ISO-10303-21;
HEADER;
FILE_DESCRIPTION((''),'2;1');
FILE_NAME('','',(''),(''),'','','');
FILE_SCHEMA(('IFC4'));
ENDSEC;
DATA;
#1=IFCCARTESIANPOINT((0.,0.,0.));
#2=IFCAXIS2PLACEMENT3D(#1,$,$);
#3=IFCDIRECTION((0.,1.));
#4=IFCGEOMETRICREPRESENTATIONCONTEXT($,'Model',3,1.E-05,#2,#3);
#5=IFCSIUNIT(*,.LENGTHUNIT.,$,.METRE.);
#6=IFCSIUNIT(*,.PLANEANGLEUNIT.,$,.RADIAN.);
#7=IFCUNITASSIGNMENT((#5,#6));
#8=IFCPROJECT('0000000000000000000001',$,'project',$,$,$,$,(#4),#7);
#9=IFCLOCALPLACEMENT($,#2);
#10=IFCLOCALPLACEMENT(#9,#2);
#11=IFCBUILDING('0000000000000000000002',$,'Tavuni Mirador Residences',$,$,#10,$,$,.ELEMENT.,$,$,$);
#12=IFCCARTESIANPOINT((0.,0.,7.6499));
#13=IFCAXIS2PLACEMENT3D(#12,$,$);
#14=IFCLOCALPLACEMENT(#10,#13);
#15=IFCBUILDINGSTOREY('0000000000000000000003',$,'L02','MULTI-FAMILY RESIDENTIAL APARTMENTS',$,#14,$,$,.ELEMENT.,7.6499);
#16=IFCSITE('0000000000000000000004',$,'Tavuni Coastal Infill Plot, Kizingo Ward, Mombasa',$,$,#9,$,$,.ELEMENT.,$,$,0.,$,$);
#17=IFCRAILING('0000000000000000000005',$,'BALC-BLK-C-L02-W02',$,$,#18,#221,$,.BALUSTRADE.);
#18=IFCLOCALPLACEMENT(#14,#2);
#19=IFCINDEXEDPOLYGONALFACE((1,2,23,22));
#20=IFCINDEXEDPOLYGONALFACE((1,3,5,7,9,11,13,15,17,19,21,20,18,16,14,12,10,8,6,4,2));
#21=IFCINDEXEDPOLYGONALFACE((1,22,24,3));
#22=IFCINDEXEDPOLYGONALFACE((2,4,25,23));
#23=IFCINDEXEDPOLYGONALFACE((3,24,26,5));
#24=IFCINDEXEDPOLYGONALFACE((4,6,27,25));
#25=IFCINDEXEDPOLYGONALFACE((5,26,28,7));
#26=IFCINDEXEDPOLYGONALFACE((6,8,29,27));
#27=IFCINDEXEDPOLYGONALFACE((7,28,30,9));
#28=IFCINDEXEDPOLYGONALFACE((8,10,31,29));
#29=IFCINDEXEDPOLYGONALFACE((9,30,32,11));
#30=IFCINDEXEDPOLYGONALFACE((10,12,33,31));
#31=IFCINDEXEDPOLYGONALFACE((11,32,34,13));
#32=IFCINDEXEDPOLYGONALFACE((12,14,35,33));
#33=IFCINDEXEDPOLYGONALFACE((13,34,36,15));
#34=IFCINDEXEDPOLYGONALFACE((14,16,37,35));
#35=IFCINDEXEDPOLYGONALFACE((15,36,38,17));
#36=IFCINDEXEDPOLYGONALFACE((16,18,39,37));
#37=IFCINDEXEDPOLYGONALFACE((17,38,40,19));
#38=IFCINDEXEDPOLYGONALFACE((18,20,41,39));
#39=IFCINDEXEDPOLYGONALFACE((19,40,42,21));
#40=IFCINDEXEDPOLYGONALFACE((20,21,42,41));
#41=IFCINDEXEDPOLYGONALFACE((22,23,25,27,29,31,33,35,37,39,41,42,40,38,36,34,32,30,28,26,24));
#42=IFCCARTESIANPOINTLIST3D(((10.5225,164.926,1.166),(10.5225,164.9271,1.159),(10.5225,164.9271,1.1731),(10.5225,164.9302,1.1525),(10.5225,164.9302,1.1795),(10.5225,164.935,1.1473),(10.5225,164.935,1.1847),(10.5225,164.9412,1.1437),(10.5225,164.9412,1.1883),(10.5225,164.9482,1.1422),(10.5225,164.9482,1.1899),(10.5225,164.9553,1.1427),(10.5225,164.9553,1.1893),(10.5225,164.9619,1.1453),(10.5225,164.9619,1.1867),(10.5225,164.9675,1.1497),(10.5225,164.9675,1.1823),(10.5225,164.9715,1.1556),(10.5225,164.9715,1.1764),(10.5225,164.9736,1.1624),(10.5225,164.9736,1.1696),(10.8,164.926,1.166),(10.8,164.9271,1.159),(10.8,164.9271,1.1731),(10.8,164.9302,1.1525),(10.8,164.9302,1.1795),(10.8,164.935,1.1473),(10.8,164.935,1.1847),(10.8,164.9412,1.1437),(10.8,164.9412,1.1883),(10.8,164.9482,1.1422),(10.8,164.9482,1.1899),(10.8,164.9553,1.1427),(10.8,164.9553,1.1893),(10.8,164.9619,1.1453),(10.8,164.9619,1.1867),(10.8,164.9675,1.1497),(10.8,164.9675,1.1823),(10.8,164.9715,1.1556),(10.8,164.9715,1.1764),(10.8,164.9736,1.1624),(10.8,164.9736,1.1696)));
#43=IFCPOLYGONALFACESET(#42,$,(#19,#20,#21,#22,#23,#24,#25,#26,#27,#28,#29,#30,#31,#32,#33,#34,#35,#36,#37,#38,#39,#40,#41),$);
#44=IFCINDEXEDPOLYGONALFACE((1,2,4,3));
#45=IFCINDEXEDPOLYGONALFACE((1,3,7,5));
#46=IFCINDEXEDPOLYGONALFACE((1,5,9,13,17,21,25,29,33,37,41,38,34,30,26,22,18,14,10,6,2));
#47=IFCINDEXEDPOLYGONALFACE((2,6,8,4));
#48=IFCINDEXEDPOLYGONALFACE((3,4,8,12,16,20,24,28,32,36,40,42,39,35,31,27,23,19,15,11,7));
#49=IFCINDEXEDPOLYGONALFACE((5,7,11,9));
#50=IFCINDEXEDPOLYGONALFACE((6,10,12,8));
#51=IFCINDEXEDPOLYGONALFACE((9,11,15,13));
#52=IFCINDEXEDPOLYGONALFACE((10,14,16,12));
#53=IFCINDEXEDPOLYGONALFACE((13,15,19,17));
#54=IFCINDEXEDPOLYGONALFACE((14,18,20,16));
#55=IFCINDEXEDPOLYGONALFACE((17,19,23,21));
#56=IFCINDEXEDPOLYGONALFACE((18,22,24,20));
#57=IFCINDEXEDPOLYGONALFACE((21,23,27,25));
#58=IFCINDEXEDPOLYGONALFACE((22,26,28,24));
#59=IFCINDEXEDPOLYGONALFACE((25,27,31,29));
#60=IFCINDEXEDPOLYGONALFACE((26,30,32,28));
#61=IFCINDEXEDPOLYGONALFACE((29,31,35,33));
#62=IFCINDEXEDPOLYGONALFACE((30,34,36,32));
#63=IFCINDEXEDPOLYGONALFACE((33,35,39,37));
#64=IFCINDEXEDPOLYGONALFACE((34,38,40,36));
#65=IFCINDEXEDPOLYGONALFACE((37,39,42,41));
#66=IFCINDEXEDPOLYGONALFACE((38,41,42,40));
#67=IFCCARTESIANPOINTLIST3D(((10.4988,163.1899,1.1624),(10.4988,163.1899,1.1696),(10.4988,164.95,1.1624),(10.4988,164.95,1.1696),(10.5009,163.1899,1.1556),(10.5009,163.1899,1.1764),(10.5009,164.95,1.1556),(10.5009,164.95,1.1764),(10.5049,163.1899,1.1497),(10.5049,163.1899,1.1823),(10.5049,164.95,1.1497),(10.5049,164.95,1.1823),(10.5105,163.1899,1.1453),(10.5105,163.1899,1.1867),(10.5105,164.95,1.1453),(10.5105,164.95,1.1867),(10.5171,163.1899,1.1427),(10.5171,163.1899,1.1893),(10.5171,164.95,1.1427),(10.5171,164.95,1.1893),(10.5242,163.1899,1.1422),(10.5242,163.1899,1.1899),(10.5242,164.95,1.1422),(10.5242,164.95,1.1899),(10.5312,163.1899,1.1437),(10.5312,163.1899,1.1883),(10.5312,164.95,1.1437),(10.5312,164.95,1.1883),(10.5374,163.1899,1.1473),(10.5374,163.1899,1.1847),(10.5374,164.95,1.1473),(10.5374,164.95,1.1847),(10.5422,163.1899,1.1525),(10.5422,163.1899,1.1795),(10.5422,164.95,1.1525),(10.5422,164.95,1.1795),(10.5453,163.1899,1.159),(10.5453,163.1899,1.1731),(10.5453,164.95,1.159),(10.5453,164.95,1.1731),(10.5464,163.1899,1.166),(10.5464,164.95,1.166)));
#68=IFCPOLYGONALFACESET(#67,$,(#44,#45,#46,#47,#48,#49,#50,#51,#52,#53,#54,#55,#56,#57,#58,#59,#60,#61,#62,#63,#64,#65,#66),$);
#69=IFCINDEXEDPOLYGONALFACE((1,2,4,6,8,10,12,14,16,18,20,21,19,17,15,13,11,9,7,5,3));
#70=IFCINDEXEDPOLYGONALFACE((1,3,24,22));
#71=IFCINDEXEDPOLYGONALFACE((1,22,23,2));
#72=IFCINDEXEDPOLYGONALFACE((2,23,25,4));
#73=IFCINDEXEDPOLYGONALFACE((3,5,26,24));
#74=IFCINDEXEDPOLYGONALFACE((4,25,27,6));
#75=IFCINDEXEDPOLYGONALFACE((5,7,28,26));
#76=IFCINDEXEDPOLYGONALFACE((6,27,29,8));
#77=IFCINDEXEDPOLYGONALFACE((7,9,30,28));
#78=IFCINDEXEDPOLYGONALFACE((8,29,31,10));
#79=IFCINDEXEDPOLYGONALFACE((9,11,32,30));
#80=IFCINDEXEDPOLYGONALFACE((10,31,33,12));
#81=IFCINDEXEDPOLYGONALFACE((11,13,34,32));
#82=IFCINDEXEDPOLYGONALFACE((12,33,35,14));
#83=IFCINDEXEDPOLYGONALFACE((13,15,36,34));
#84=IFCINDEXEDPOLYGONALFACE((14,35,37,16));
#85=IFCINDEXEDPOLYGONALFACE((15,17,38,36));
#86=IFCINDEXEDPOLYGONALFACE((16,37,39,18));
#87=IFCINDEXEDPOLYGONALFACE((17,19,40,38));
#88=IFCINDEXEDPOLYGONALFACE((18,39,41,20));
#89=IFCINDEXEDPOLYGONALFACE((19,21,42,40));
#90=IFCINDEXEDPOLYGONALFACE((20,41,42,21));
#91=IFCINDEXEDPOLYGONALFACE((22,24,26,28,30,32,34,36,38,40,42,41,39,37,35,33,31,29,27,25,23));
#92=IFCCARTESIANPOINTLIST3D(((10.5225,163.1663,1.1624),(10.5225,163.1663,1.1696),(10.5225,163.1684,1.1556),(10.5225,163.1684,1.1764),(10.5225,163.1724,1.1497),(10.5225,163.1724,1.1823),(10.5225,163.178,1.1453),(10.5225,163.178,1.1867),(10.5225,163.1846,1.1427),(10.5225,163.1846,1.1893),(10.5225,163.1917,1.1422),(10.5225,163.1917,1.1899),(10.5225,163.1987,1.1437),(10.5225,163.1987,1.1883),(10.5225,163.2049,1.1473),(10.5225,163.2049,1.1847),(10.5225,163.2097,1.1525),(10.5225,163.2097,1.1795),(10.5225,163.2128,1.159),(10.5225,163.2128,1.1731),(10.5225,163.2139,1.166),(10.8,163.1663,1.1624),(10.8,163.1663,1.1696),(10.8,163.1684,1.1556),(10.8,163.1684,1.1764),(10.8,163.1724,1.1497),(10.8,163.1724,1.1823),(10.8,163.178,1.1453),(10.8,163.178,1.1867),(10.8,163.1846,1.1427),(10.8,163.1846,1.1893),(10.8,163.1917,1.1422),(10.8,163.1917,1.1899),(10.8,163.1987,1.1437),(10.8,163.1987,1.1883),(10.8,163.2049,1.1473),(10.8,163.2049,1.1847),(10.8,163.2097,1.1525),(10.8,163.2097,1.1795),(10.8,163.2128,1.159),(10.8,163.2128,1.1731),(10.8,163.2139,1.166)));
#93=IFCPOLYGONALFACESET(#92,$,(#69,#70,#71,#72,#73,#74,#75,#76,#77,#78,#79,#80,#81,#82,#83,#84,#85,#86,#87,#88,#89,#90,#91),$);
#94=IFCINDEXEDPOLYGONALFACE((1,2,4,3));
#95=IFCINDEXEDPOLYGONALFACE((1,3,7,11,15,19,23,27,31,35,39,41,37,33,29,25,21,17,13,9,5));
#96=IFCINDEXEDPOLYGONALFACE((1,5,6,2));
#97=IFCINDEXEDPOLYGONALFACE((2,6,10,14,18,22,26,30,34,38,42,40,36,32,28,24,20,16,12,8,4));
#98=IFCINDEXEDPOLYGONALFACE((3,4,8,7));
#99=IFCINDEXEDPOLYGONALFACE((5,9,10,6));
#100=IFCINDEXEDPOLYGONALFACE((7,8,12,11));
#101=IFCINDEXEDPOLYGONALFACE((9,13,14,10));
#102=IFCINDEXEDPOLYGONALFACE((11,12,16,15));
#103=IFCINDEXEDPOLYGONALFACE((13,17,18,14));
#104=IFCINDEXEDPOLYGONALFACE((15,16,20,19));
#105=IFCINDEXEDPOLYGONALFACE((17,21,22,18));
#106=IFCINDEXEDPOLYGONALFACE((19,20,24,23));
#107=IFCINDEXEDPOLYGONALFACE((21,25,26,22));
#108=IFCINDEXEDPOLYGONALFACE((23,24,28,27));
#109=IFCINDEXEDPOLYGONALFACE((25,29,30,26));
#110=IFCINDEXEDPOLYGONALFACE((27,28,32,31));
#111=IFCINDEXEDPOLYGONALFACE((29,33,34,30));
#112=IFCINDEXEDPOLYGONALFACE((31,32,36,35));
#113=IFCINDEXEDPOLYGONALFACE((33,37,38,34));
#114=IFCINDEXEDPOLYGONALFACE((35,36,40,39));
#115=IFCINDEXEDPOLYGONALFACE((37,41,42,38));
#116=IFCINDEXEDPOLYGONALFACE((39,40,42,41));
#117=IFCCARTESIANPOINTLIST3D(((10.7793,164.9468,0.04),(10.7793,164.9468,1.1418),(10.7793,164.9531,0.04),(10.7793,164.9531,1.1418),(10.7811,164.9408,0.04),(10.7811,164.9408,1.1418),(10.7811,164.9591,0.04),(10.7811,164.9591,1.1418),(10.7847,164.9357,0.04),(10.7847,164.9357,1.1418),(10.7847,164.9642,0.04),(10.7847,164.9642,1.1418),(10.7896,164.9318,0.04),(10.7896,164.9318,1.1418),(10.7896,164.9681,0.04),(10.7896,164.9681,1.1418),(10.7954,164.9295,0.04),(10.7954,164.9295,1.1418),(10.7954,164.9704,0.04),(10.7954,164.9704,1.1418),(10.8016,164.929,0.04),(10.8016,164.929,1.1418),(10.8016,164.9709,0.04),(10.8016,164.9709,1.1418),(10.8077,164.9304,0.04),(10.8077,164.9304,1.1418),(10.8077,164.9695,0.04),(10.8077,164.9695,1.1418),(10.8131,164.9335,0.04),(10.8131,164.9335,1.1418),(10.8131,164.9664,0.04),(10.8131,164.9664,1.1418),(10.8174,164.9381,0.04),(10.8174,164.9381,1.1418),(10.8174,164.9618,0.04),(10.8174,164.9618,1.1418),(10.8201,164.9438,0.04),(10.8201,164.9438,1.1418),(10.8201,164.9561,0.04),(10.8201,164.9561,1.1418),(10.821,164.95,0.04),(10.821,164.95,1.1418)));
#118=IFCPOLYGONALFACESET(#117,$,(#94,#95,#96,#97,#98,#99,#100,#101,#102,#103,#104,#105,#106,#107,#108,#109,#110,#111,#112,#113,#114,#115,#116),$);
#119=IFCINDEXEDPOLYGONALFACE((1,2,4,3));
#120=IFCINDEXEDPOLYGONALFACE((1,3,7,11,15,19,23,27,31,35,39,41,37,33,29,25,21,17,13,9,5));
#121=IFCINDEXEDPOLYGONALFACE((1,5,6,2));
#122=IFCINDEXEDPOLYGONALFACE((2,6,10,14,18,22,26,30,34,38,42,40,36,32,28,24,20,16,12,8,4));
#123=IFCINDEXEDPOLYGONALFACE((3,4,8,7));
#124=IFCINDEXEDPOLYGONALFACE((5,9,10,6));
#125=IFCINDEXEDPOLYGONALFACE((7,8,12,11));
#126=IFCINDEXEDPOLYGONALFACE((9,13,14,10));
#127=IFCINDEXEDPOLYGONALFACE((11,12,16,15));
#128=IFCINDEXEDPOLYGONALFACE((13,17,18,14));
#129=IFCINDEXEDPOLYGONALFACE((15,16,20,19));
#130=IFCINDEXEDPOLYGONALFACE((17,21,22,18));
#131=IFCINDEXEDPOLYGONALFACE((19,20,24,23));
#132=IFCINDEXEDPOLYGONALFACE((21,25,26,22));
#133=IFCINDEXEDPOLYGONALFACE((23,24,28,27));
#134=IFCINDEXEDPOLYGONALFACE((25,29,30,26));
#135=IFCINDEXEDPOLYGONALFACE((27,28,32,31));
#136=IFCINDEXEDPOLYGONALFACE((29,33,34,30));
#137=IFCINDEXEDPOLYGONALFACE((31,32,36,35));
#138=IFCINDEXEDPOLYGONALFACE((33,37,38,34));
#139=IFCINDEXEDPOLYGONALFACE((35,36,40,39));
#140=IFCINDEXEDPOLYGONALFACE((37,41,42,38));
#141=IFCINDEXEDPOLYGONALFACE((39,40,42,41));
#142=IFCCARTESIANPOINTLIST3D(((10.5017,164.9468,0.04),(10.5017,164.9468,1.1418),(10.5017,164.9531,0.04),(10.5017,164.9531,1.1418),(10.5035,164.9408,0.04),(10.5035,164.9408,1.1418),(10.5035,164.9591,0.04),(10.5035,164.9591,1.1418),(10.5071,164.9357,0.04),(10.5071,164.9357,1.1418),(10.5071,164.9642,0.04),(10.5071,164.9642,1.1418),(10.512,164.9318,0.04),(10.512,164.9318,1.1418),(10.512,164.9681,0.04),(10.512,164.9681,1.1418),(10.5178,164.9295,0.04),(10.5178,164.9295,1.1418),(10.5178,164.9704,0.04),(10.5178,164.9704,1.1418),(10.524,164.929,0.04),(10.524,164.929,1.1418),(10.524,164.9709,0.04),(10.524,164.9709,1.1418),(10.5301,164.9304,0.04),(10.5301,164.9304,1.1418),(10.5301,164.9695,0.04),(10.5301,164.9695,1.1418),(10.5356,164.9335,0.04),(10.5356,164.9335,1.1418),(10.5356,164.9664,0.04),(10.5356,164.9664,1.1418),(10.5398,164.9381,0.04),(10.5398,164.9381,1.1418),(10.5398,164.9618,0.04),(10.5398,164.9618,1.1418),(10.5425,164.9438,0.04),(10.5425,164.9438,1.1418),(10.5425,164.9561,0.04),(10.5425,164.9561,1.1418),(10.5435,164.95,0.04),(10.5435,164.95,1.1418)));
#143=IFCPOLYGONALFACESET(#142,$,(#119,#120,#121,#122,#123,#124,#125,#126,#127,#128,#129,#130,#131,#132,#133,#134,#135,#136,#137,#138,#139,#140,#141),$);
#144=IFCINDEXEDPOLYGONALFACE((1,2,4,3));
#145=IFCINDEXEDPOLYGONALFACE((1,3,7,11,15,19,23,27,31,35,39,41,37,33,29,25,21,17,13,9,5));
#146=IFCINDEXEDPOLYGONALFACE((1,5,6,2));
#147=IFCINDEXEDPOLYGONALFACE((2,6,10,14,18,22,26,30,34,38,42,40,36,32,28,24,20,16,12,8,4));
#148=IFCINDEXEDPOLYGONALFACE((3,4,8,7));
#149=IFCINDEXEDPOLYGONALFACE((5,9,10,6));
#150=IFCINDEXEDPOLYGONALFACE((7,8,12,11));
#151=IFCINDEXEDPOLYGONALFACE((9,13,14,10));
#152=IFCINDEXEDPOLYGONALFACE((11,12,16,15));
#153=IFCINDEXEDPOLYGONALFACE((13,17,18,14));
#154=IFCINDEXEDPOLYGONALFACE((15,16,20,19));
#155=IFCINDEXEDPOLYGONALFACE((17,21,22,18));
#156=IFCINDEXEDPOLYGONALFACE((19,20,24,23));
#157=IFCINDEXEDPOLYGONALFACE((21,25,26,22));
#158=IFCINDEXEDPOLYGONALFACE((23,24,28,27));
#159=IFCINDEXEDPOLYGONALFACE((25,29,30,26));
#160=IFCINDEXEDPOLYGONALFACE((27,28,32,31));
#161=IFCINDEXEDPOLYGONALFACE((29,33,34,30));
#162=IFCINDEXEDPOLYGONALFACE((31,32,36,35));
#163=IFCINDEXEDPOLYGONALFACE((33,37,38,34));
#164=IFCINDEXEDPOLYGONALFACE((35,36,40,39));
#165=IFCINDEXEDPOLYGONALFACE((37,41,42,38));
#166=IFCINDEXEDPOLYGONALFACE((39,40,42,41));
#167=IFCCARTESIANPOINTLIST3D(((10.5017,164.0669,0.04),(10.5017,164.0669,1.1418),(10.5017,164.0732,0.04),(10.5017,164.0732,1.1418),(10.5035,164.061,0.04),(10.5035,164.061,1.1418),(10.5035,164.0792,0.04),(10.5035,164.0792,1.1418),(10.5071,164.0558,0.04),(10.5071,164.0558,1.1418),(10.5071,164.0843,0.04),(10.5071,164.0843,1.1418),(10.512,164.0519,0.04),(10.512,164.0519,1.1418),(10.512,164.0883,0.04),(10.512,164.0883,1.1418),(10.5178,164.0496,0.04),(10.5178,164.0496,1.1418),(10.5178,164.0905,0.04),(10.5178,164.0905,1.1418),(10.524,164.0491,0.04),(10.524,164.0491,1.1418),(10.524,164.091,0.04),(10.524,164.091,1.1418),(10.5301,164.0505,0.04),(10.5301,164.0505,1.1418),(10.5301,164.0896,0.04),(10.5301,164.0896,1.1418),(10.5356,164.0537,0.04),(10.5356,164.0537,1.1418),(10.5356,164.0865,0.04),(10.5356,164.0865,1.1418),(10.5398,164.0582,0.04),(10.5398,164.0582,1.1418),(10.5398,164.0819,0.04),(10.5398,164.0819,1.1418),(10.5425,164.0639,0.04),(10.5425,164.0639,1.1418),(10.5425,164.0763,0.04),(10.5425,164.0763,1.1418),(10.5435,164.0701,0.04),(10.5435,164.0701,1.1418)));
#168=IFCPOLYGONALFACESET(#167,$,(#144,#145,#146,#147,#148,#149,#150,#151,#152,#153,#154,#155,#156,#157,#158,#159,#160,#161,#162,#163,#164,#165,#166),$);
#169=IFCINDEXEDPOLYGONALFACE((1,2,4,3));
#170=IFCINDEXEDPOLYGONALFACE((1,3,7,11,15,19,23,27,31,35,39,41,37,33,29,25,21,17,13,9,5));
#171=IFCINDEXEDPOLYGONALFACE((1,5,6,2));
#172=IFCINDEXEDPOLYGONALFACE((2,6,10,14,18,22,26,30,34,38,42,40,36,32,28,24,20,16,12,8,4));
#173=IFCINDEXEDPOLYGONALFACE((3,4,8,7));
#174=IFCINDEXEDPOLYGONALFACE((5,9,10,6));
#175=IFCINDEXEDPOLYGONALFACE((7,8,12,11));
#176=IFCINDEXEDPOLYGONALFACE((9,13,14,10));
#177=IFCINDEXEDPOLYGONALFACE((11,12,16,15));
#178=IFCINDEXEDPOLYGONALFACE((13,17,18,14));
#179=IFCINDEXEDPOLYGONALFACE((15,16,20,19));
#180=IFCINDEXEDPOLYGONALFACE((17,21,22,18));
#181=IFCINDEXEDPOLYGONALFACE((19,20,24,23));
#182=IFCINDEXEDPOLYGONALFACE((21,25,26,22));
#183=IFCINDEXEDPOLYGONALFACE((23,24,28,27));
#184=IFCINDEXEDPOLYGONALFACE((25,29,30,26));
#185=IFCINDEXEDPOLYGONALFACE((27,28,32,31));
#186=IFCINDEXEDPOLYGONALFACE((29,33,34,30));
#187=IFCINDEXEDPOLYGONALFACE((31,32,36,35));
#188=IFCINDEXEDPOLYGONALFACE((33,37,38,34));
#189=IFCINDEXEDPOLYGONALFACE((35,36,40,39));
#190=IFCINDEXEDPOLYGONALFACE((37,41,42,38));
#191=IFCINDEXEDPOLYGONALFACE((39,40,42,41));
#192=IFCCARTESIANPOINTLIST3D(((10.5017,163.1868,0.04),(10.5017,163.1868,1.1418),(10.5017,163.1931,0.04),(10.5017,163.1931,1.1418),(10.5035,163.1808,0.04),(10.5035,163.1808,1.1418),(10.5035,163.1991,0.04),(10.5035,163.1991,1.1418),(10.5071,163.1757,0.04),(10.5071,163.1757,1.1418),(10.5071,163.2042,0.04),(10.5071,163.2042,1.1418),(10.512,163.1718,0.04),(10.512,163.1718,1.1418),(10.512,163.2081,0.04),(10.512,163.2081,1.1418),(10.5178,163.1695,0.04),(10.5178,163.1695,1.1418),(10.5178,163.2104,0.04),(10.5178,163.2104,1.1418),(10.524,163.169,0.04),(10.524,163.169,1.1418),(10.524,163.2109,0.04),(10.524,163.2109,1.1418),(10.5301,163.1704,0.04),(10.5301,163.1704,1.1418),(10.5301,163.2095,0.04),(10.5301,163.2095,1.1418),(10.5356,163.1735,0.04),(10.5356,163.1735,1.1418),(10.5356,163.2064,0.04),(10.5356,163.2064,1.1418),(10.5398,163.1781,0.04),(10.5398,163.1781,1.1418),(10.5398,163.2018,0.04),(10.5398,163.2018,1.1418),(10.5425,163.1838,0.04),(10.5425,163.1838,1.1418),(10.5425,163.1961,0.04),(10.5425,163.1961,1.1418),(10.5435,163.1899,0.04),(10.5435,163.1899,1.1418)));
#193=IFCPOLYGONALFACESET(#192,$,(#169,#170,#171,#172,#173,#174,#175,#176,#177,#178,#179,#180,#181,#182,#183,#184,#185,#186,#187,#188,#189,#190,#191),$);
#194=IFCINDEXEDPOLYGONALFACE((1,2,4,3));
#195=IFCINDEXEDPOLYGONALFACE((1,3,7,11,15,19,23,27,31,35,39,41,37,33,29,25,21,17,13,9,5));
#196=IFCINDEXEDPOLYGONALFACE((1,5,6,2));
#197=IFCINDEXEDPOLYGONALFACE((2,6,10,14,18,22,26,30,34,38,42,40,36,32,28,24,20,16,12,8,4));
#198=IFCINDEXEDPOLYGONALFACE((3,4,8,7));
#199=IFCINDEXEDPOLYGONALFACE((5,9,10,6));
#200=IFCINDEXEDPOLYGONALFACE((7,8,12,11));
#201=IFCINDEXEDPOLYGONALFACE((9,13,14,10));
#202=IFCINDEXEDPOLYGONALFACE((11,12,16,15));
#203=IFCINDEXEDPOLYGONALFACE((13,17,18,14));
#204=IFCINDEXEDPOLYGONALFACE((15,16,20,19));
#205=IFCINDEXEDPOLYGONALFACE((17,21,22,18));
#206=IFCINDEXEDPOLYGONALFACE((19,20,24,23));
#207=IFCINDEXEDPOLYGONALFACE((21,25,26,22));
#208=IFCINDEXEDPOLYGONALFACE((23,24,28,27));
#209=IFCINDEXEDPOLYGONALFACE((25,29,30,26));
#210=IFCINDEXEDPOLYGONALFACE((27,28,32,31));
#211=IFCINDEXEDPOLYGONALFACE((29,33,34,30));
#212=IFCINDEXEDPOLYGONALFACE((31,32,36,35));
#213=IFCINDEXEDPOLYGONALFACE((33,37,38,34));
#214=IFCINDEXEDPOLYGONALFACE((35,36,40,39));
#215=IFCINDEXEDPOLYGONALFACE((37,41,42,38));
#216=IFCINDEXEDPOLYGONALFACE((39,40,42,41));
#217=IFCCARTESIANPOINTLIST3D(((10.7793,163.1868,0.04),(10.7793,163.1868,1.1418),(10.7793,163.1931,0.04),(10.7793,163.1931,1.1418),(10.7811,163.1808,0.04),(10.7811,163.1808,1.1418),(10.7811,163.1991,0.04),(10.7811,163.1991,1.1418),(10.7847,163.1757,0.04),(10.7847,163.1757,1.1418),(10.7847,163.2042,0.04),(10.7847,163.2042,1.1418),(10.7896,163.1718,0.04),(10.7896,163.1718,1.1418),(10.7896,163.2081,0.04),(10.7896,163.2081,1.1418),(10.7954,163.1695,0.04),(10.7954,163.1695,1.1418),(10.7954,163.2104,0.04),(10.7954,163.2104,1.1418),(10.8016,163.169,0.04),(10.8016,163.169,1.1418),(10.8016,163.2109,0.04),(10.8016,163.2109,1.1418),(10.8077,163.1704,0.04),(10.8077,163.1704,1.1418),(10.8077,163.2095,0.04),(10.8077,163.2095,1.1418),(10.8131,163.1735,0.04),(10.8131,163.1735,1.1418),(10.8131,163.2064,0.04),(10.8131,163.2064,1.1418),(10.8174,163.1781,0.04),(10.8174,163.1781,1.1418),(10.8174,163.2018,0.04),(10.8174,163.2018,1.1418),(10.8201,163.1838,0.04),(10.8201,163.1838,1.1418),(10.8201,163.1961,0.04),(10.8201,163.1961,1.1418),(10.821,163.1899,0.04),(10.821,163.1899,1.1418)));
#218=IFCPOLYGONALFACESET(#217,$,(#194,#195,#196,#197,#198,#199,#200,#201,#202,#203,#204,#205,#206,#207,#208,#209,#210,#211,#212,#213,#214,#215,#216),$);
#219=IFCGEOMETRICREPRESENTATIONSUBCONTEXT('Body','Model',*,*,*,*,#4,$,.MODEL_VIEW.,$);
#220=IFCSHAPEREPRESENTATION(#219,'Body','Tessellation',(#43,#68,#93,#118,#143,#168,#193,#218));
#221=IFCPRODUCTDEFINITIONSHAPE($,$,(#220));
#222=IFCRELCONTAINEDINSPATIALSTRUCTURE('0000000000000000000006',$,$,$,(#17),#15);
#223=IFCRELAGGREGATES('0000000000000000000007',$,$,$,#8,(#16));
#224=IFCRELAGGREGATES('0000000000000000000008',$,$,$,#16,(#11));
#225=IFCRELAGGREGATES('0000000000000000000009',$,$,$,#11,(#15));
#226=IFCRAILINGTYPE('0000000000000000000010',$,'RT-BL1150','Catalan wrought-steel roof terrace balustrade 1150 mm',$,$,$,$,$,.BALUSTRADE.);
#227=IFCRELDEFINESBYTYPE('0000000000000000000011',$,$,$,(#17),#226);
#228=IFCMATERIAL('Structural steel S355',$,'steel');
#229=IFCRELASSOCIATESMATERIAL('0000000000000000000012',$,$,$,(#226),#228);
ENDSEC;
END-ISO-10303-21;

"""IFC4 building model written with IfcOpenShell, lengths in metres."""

from ifc_helpers import new_model, si_unit, direction, frame, origin, origin_2d, place, context, subcontext, project, spatial, circle, extrude, material, type_object, element, save


model = new_model("IFC4")

# Units and contexts
model_context = context("Model", 3, precision=1e-05, world=origin(), true_north=direction((0.0, 1.0)))
body_context = subcontext(model_context, "Body", "Model", "MODEL_VIEW")
ifc_project = project(units=[si_unit("LENGTHUNIT", "METRE"), si_unit("PLANEANGLEUNIT", "RADIAN")], contexts=[model_context])

# Site, building, storey
site_placement = place(None, origin())
site = spatial("IfcSite", under=ifc_project, at=site_placement, Name="Tavuni Coastal Infill Plot, Kizingo Ward, Mombasa", CompositionType="ELEMENT", RefElevation=0.0)
building_placement = place(site_placement, origin())
building = spatial("IfcBuilding", under=site, at=building_placement, Name="Tavuni Mirador Residences", CompositionType="ELEMENT")
storey_placement = place(building_placement, frame((0.0, 0.0, 7.6499)))
storey = spatial("IfcBuildingStorey", under=building, at=storey_placement, Name="L02", Description="MULTI-FAMILY RESIDENTIAL APARTMENTS", CompositionType="ELEMENT", Elevation=7.6499)

# Railing
ifc_material_1 = material(Name="Structural steel S355", Category="steel")
railing_type = type_object("IfcRailingType", Name="RT-BL1150", Description="Catalan wrought-steel roof terrace balustrade 1150 mm", PredefinedType="BALUSTRADE", material=ifc_material_1)
railing_placement = place(storey_placement, frame((10.8, 164.95, 0.04)))
element("IfcRailing", 1, at=railing_placement, inside=storey, type_object=railing_type, Name="BALC-BLK-C-L02-W02", PredefinedType="BALUSTRADE", context=body_context, shape_type="SweptSolid", body=[
    extrude(circle(Radius=0.0239, at=origin_2d()), frame((0.0, 0.0, 1.126), z_axis=(-1.0, 0.0, 0.0), x_axis=(0.0, -1.0, 0.0)), (0.0, 0.0, 1.0), 0.2776),
    extrude(circle(Radius=0.0239, at=origin_2d()), frame((-0.2776, 0.0, 1.126), z_axis=(0.0, -1.0, 0.0), x_axis=(1.0, 0.0, 0.0)), (0.0, 0.0, 1.0), 1.76),
    extrude(circle(Radius=0.0239, at=origin_2d()), frame((-0.2776, -1.76, 1.126), z_axis=(1.0, 0.0, 0.0), x_axis=(0.0, 1.0, 0.0)), (0.0, 0.0, 1.0), 0.2776),
    extrude(circle(Radius=0.021, at=origin_2d()), origin(), (0.0, 0.0, 1.0), 1.1018),
    extrude(circle(Radius=0.021, at=origin_2d()), frame((-0.2776, 0.0, 0.0)), (0.0, 0.0, 1.0), 1.1018),
    extrude(circle(Radius=0.021, at=origin_2d()), frame((-0.2776, -0.8799, 0.0)), (0.0, 0.0, 1.0), 1.1018),
    extrude(circle(Radius=0.021, at=origin_2d()), frame((-0.2776, -1.76, 0.0)), (0.0, 0.0, 1.0), 1.1018),
    extrude(circle(Radius=0.021, at=origin_2d()), frame((0.0, -1.76, 0.0)), (0.0, 0.0, 1.0), 1.1018),
])

save(model, "model.ifc")
